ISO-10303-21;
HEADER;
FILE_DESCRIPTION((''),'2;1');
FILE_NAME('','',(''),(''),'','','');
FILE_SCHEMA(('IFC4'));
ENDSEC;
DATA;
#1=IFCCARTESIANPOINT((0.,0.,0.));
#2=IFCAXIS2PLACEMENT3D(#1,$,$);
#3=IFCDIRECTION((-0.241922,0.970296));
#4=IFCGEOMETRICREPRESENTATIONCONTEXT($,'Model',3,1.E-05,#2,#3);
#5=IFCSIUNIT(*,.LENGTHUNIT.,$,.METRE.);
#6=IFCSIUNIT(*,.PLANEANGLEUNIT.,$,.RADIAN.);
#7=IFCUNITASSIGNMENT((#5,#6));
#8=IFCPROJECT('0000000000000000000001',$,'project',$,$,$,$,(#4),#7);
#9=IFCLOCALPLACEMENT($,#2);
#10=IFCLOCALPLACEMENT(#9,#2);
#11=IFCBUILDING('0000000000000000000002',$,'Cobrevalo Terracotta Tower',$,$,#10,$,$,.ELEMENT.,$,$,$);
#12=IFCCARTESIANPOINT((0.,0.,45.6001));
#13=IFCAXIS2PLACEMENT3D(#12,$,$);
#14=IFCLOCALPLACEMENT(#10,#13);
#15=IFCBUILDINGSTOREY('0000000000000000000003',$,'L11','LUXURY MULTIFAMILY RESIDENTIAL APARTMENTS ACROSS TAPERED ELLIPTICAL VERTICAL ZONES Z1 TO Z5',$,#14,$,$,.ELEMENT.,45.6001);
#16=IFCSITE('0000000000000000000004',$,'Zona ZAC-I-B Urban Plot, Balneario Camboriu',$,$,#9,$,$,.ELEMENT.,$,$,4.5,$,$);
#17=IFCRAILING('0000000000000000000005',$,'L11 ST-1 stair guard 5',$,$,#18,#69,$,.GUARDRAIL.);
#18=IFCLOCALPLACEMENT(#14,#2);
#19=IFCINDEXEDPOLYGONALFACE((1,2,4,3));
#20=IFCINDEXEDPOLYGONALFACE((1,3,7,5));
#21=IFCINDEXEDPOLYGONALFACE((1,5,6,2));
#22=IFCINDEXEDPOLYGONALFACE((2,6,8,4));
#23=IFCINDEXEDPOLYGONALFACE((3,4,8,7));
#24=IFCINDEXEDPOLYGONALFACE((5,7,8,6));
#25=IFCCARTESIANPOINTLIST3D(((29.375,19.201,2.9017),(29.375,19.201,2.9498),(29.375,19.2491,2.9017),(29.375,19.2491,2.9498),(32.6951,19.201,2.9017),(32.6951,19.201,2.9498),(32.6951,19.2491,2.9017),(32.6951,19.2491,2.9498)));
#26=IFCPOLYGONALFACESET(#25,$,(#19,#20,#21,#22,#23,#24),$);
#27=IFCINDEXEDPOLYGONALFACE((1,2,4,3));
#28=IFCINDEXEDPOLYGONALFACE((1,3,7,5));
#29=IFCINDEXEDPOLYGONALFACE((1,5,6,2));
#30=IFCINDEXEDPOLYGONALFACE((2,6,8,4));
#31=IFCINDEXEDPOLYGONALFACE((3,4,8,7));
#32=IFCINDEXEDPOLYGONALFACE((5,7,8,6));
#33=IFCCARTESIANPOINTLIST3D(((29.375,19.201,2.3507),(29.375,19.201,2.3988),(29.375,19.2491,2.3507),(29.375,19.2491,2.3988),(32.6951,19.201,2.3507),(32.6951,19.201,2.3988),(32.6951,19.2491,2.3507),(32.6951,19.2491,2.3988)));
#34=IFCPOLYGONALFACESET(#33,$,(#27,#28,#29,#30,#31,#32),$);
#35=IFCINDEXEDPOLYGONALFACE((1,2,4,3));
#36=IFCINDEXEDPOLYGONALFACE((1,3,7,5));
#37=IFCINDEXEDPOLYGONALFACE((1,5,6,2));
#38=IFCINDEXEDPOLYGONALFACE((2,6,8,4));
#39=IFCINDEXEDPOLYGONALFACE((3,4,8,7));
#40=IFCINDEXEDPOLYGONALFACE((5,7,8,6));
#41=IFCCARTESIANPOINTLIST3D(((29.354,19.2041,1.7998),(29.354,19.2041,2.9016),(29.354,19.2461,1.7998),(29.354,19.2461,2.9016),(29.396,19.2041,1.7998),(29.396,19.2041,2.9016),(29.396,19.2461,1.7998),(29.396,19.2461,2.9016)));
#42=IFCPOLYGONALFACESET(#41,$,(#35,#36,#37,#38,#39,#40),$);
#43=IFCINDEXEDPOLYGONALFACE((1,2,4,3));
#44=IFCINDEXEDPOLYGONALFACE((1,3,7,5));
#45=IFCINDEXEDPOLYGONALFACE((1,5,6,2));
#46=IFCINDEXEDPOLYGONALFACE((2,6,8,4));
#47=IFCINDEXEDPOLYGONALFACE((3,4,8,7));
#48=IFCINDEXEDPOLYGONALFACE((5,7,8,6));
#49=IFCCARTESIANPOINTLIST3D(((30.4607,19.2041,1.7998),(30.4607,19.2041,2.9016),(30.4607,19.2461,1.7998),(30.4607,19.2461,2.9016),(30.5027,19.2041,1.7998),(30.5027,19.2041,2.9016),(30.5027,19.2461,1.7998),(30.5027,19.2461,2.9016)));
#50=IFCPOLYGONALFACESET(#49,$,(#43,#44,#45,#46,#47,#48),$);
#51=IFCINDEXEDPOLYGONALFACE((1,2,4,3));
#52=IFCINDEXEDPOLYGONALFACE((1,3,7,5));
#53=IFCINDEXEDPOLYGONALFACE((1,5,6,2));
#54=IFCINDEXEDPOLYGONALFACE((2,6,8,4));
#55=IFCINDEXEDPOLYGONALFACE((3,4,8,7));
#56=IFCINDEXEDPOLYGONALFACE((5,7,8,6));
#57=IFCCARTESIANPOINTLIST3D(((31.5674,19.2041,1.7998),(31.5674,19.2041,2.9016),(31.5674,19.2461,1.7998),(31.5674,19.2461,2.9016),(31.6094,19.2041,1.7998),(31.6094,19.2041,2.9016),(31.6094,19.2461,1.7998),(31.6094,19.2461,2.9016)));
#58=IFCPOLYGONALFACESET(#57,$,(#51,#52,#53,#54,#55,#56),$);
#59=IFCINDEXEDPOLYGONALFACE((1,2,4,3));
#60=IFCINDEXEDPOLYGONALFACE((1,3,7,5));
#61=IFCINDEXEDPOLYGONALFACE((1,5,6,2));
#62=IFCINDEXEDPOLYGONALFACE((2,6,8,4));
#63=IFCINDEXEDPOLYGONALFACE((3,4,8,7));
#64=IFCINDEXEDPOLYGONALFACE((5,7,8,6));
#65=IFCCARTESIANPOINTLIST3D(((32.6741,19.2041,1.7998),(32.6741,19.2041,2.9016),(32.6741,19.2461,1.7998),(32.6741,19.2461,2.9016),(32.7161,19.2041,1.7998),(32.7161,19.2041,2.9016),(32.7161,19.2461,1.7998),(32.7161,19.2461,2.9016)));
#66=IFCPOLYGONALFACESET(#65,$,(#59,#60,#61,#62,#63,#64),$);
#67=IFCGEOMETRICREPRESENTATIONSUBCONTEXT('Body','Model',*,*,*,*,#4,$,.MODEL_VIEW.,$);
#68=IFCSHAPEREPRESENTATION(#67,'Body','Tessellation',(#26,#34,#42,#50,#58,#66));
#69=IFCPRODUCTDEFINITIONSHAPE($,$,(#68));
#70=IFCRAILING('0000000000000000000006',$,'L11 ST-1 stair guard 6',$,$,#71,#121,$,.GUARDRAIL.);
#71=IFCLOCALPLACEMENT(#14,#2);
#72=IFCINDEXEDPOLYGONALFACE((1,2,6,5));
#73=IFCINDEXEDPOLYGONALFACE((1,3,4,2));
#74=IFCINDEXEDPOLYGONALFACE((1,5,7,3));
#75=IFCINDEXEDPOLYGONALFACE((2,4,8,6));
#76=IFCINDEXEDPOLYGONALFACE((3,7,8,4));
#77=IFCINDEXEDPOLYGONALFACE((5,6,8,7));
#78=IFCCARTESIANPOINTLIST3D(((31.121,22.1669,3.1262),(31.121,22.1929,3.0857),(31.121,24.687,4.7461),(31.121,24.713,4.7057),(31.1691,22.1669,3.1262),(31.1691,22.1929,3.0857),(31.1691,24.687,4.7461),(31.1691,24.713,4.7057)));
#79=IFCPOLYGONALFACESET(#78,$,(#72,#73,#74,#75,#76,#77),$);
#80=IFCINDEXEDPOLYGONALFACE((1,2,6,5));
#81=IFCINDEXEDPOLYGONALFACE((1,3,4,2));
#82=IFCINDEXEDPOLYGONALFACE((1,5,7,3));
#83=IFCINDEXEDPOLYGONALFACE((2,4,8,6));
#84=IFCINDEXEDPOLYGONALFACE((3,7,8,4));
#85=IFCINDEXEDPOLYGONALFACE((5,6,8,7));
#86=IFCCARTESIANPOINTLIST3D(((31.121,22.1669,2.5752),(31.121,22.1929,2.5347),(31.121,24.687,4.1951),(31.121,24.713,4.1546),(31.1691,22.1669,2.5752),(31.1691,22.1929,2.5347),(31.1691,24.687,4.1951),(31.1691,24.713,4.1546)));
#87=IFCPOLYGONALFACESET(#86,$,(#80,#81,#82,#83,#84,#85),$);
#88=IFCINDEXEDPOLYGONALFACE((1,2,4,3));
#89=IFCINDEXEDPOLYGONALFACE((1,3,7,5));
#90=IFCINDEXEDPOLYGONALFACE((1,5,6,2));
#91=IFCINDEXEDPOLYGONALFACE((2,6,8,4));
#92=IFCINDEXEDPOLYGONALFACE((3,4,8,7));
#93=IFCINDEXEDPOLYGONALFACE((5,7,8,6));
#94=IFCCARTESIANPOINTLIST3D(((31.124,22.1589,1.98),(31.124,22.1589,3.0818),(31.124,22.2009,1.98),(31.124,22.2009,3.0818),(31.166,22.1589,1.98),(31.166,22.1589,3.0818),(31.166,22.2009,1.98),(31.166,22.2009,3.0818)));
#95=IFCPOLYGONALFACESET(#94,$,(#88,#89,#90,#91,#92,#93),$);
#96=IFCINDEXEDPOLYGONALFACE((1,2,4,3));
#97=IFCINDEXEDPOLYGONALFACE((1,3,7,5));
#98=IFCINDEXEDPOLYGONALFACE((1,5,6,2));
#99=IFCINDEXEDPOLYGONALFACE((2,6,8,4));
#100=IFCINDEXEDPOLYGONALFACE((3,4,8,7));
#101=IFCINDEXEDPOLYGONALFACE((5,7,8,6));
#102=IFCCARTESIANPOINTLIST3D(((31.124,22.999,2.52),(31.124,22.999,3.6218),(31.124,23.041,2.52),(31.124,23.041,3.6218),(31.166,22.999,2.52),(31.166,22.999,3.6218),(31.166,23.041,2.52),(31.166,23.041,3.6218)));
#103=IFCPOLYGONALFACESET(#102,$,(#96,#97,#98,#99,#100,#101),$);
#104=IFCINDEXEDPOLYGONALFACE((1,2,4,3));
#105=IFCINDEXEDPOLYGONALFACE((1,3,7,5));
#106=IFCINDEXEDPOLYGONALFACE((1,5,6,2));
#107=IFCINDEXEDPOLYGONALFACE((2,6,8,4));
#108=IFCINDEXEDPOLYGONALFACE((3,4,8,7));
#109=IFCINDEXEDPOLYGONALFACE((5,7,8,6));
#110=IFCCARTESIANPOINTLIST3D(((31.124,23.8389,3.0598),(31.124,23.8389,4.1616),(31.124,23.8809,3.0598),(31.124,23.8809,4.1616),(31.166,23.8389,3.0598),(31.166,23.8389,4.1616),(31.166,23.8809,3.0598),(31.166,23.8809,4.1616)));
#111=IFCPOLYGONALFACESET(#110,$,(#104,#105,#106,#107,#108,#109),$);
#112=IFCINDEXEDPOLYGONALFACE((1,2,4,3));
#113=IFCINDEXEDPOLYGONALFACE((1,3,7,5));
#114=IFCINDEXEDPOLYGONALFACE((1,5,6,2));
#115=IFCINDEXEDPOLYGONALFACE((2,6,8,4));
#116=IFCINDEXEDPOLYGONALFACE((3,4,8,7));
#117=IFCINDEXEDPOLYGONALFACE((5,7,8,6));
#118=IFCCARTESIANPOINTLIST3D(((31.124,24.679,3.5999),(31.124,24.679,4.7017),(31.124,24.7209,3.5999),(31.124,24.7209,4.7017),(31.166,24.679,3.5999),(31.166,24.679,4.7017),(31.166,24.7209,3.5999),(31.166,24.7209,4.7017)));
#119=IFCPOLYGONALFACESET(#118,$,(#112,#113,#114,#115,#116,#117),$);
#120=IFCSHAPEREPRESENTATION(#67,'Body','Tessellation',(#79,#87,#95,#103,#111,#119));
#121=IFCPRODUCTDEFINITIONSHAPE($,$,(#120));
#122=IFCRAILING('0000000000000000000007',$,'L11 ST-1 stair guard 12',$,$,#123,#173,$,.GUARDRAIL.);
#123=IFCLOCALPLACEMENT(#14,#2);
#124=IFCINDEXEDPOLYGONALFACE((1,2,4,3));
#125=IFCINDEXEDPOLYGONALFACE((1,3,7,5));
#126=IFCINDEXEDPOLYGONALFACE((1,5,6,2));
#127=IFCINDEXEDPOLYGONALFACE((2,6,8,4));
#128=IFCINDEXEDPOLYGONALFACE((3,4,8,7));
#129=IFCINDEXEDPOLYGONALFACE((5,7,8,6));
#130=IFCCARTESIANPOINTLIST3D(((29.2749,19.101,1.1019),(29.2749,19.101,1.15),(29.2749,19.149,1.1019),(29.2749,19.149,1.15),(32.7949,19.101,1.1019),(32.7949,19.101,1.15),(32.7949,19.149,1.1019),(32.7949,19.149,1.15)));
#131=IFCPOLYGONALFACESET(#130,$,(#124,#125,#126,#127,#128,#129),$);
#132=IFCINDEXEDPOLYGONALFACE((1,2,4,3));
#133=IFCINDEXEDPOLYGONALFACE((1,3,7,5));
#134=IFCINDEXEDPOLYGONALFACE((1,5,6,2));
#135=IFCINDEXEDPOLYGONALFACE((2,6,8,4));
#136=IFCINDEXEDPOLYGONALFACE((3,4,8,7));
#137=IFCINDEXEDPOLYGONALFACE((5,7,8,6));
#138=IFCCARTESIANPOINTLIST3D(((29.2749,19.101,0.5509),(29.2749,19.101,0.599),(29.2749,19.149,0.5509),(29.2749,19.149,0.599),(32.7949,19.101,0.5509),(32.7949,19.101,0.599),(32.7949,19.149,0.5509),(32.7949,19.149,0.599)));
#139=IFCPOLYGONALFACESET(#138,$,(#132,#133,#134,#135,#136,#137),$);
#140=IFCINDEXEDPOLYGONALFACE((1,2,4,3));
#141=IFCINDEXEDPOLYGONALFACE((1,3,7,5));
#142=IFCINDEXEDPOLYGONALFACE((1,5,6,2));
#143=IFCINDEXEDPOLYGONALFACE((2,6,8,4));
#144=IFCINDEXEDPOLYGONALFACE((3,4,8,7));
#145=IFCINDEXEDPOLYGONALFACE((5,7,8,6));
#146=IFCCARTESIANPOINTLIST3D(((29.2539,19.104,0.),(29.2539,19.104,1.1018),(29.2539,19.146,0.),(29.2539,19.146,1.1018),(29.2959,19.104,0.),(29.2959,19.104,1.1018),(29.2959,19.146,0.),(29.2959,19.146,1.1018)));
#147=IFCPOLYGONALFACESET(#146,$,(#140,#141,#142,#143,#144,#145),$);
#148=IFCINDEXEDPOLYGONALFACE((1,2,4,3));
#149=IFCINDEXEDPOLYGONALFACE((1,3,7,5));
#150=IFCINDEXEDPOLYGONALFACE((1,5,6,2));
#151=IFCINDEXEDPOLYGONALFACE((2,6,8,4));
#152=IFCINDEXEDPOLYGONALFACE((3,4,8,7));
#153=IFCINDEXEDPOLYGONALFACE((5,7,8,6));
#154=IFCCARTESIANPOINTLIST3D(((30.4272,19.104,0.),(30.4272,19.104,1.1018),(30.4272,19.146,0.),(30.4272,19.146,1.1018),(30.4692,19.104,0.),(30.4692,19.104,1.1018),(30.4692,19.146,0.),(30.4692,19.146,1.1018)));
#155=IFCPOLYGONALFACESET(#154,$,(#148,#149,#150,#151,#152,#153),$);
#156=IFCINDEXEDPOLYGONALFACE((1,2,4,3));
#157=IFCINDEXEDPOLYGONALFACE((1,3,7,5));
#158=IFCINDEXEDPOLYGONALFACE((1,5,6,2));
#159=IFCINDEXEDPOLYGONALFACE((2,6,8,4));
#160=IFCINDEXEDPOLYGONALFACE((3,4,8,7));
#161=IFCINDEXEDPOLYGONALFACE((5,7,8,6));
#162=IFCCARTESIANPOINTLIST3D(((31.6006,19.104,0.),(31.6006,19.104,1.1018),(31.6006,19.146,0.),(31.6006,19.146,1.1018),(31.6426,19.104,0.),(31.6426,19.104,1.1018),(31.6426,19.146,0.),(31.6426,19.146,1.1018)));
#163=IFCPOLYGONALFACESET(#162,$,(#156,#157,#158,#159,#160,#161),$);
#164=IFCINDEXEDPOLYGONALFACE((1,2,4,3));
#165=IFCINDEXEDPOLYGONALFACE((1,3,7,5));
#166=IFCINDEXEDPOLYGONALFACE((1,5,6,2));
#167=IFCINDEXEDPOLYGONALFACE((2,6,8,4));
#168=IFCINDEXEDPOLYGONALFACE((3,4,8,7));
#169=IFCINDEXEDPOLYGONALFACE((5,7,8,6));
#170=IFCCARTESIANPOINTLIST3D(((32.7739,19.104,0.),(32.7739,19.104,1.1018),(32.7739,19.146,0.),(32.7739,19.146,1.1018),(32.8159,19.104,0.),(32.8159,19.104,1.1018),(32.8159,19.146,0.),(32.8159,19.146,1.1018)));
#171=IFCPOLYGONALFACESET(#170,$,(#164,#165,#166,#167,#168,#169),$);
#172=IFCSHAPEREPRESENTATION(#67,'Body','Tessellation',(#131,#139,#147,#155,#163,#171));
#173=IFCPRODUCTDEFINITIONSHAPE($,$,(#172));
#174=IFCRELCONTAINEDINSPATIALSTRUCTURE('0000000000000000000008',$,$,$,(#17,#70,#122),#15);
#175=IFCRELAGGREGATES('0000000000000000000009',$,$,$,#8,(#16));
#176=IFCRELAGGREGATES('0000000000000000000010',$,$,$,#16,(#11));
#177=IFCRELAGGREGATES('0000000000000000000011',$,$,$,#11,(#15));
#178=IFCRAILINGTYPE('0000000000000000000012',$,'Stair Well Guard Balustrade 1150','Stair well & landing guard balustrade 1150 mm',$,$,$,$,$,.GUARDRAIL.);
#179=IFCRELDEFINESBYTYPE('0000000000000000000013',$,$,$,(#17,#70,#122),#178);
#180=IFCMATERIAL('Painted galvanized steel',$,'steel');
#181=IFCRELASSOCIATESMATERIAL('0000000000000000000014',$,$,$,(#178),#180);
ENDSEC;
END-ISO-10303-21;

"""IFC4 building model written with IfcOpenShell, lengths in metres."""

from ifc_helpers import new_model, si_unit, direction, frame, origin, origin_2d, place, context, subcontext, project, spatial, rectangle, extrude, material, type_object, element, save


model = new_model("IFC4")

# Units and contexts
model_context = context("Model", 3, precision=1e-05, world=origin(), true_north=direction((-0.241922, 0.970296)))
body_context = subcontext(model_context, "Body", "Model", "MODEL_VIEW")
ifc_project = project(units=[si_unit("LENGTHUNIT", "METRE"), si_unit("PLANEANGLEUNIT", "RADIAN")], contexts=[model_context])

# Site, building, storey
site_placement = place(None, origin())
site = spatial("IfcSite", under=ifc_project, at=site_placement, Name="Zona ZAC-I-B Urban Plot, Balneario Camboriu", CompositionType="ELEMENT", RefElevation=4.5)
building_placement = place(site_placement, origin())
building = spatial("IfcBuilding", under=site, at=building_placement, Name="Cobrevalo Terracotta Tower", CompositionType="ELEMENT")
storey_placement = place(building_placement, frame((0.0, 0.0, 45.6001)))
storey = spatial("IfcBuildingStorey", under=building, at=storey_placement, Name="L11", Description="LUXURY MULTIFAMILY RESIDENTIAL APARTMENTS ACROSS TAPERED ELLIPTICAL VERTICAL ZONES Z1 TO Z5", CompositionType="ELEMENT", Elevation=45.6001)

# Railings
ifc_material_1 = material(Name="Painted galvanized steel", Category="steel")
railing_type_1 = type_object("IfcRailingType", Name="Stair Well Guard Balustrade 1150", Description="Stair well & landing guard balustrade 1150 mm", PredefinedType="GUARDRAIL", material=ifc_material_1)
railing_1_placement = place(storey_placement, frame((29.375, 19.2251, 1.7998)))
element("IfcRailing", 1, at=railing_1_placement, inside=storey, type_object=railing_type_1, Name="L11 ST-1 stair guard 5", PredefinedType="GUARDRAIL", context=body_context, shape_type="SweptSolid", body=[
    extrude(rectangle(XDim=0.0481, YDim=0.0481, at=origin_2d()), frame((0.0, 0.0, 1.126), z_axis=(1.0, 0.0, 0.0), x_axis=(0.0, 1.0, 0.0)), (0.0, 0.0, 1.0), 3.3201),
    extrude(rectangle(XDim=0.0481, YDim=0.0481, at=origin_2d()), frame((0.0, 0.0, 0.575), z_axis=(1.0, 0.0, 0.0), x_axis=(0.0, 1.0, 0.0)), (0.0, 0.0, 1.0), 3.3201),
    extrude(rectangle(XDim=0.042, YDim=0.042, at=origin_2d()), origin(), (0.0, 0.0, 1.0), 1.1018),
    extrude(rectangle(XDim=0.042, YDim=0.042, at=origin_2d()), frame((1.1067, 0.0, 0.0)), (0.0, 0.0, 1.0), 1.1018),
    extrude(rectangle(XDim=0.042, YDim=0.042, at=origin_2d()), frame((2.2134, 0.0, 0.0)), (0.0, 0.0, 1.0), 1.1018),
    extrude(rectangle(XDim=0.042, YDim=0.042, at=origin_2d()), frame((3.3201, 0.0, 0.0)), (0.0, 0.0, 1.0), 1.1018),
])
railing_2_placement = place(storey_placement, frame((31.145, 22.1799, 1.98)))
element("IfcRailing", 2, at=railing_2_placement, inside=storey, type_object=railing_type_1, Name="L11 ST-1 stair guard 6", PredefinedType="GUARDRAIL", context=body_context, shape_type="SweptSolid", body=[
    extrude(rectangle(XDim=0.0481, YDim=0.0481, at=origin_2d()), frame((0.0, 0.0, 1.126), z_axis=(0.0, 0.8412, 0.540725), x_axis=(-1.0, 0.0, 0.0)), (0.0, 0.0, 1.0), 2.9958),
    extrude(rectangle(XDim=0.0481, YDim=0.0481, at=origin_2d()), frame((0.0, 0.0, 0.575), z_axis=(0.0, 0.8412, 0.540725), x_axis=(-1.0, 0.0, 0.0)), (0.0, 0.0, 1.0), 2.9958),
    extrude(rectangle(XDim=0.042, YDim=0.042, at=origin_2d()), origin(), (0.0, 0.0, 1.0), 1.1018),
    extrude(rectangle(XDim=0.042, YDim=0.042, at=origin_2d()), frame((0.0, 0.8401, 0.54)), (0.0, 0.0, 1.0), 1.1018),
    extrude(rectangle(XDim=0.042, YDim=0.042, at=origin_2d()), frame((0.0, 1.6799, 1.0798)), (0.0, 0.0, 1.0), 1.1018),
    extrude(rectangle(XDim=0.042, YDim=0.042, at=origin_2d()), frame((0.0, 2.52, 1.6199)), (0.0, 0.0, 1.0), 1.1018),
])
railing_3_placement = place(storey_placement, frame((29.2749, 19.125, 0.0)))
element("IfcRailing", 3, at=railing_3_placement, inside=storey, type_object=railing_type_1, Name="L11 ST-1 stair guard 12", PredefinedType="GUARDRAIL", context=body_context, shape_type="SweptSolid", body=[
    extrude(rectangle(XDim=0.0481, YDim=0.0481, at=origin_2d()), frame((0.0, 0.0, 1.126), z_axis=(1.0, 0.0, 0.0), x_axis=(0.0, 1.0, 0.0)), (0.0, 0.0, 1.0), 3.52),
    extrude(rectangle(XDim=0.0481, YDim=0.0481, at=origin_2d()), frame((0.0, 0.0, 0.575), z_axis=(1.0, 0.0, 0.0), x_axis=(0.0, 1.0, 0.0)), (0.0, 0.0, 1.0), 3.52),
    extrude(rectangle(XDim=0.042, YDim=0.042, at=origin_2d()), origin(), (0.0, 0.0, 1.0), 1.1018),
    extrude(rectangle(XDim=0.042, YDim=0.042, at=origin_2d()), frame((1.1733, 0.0, 0.0)), (0.0, 0.0, 1.0), 1.1018),
    extrude(rectangle(XDim=0.042, YDim=0.042, at=origin_2d()), frame((2.3467, 0.0, 0.0)), (0.0, 0.0, 1.0), 1.1018),
    extrude(rectangle(XDim=0.042, YDim=0.042, at=origin_2d()), frame((3.52, 0.0, 0.0)), (0.0, 0.0, 1.0), 1.1018),
])

save(model, "model.ifc")
